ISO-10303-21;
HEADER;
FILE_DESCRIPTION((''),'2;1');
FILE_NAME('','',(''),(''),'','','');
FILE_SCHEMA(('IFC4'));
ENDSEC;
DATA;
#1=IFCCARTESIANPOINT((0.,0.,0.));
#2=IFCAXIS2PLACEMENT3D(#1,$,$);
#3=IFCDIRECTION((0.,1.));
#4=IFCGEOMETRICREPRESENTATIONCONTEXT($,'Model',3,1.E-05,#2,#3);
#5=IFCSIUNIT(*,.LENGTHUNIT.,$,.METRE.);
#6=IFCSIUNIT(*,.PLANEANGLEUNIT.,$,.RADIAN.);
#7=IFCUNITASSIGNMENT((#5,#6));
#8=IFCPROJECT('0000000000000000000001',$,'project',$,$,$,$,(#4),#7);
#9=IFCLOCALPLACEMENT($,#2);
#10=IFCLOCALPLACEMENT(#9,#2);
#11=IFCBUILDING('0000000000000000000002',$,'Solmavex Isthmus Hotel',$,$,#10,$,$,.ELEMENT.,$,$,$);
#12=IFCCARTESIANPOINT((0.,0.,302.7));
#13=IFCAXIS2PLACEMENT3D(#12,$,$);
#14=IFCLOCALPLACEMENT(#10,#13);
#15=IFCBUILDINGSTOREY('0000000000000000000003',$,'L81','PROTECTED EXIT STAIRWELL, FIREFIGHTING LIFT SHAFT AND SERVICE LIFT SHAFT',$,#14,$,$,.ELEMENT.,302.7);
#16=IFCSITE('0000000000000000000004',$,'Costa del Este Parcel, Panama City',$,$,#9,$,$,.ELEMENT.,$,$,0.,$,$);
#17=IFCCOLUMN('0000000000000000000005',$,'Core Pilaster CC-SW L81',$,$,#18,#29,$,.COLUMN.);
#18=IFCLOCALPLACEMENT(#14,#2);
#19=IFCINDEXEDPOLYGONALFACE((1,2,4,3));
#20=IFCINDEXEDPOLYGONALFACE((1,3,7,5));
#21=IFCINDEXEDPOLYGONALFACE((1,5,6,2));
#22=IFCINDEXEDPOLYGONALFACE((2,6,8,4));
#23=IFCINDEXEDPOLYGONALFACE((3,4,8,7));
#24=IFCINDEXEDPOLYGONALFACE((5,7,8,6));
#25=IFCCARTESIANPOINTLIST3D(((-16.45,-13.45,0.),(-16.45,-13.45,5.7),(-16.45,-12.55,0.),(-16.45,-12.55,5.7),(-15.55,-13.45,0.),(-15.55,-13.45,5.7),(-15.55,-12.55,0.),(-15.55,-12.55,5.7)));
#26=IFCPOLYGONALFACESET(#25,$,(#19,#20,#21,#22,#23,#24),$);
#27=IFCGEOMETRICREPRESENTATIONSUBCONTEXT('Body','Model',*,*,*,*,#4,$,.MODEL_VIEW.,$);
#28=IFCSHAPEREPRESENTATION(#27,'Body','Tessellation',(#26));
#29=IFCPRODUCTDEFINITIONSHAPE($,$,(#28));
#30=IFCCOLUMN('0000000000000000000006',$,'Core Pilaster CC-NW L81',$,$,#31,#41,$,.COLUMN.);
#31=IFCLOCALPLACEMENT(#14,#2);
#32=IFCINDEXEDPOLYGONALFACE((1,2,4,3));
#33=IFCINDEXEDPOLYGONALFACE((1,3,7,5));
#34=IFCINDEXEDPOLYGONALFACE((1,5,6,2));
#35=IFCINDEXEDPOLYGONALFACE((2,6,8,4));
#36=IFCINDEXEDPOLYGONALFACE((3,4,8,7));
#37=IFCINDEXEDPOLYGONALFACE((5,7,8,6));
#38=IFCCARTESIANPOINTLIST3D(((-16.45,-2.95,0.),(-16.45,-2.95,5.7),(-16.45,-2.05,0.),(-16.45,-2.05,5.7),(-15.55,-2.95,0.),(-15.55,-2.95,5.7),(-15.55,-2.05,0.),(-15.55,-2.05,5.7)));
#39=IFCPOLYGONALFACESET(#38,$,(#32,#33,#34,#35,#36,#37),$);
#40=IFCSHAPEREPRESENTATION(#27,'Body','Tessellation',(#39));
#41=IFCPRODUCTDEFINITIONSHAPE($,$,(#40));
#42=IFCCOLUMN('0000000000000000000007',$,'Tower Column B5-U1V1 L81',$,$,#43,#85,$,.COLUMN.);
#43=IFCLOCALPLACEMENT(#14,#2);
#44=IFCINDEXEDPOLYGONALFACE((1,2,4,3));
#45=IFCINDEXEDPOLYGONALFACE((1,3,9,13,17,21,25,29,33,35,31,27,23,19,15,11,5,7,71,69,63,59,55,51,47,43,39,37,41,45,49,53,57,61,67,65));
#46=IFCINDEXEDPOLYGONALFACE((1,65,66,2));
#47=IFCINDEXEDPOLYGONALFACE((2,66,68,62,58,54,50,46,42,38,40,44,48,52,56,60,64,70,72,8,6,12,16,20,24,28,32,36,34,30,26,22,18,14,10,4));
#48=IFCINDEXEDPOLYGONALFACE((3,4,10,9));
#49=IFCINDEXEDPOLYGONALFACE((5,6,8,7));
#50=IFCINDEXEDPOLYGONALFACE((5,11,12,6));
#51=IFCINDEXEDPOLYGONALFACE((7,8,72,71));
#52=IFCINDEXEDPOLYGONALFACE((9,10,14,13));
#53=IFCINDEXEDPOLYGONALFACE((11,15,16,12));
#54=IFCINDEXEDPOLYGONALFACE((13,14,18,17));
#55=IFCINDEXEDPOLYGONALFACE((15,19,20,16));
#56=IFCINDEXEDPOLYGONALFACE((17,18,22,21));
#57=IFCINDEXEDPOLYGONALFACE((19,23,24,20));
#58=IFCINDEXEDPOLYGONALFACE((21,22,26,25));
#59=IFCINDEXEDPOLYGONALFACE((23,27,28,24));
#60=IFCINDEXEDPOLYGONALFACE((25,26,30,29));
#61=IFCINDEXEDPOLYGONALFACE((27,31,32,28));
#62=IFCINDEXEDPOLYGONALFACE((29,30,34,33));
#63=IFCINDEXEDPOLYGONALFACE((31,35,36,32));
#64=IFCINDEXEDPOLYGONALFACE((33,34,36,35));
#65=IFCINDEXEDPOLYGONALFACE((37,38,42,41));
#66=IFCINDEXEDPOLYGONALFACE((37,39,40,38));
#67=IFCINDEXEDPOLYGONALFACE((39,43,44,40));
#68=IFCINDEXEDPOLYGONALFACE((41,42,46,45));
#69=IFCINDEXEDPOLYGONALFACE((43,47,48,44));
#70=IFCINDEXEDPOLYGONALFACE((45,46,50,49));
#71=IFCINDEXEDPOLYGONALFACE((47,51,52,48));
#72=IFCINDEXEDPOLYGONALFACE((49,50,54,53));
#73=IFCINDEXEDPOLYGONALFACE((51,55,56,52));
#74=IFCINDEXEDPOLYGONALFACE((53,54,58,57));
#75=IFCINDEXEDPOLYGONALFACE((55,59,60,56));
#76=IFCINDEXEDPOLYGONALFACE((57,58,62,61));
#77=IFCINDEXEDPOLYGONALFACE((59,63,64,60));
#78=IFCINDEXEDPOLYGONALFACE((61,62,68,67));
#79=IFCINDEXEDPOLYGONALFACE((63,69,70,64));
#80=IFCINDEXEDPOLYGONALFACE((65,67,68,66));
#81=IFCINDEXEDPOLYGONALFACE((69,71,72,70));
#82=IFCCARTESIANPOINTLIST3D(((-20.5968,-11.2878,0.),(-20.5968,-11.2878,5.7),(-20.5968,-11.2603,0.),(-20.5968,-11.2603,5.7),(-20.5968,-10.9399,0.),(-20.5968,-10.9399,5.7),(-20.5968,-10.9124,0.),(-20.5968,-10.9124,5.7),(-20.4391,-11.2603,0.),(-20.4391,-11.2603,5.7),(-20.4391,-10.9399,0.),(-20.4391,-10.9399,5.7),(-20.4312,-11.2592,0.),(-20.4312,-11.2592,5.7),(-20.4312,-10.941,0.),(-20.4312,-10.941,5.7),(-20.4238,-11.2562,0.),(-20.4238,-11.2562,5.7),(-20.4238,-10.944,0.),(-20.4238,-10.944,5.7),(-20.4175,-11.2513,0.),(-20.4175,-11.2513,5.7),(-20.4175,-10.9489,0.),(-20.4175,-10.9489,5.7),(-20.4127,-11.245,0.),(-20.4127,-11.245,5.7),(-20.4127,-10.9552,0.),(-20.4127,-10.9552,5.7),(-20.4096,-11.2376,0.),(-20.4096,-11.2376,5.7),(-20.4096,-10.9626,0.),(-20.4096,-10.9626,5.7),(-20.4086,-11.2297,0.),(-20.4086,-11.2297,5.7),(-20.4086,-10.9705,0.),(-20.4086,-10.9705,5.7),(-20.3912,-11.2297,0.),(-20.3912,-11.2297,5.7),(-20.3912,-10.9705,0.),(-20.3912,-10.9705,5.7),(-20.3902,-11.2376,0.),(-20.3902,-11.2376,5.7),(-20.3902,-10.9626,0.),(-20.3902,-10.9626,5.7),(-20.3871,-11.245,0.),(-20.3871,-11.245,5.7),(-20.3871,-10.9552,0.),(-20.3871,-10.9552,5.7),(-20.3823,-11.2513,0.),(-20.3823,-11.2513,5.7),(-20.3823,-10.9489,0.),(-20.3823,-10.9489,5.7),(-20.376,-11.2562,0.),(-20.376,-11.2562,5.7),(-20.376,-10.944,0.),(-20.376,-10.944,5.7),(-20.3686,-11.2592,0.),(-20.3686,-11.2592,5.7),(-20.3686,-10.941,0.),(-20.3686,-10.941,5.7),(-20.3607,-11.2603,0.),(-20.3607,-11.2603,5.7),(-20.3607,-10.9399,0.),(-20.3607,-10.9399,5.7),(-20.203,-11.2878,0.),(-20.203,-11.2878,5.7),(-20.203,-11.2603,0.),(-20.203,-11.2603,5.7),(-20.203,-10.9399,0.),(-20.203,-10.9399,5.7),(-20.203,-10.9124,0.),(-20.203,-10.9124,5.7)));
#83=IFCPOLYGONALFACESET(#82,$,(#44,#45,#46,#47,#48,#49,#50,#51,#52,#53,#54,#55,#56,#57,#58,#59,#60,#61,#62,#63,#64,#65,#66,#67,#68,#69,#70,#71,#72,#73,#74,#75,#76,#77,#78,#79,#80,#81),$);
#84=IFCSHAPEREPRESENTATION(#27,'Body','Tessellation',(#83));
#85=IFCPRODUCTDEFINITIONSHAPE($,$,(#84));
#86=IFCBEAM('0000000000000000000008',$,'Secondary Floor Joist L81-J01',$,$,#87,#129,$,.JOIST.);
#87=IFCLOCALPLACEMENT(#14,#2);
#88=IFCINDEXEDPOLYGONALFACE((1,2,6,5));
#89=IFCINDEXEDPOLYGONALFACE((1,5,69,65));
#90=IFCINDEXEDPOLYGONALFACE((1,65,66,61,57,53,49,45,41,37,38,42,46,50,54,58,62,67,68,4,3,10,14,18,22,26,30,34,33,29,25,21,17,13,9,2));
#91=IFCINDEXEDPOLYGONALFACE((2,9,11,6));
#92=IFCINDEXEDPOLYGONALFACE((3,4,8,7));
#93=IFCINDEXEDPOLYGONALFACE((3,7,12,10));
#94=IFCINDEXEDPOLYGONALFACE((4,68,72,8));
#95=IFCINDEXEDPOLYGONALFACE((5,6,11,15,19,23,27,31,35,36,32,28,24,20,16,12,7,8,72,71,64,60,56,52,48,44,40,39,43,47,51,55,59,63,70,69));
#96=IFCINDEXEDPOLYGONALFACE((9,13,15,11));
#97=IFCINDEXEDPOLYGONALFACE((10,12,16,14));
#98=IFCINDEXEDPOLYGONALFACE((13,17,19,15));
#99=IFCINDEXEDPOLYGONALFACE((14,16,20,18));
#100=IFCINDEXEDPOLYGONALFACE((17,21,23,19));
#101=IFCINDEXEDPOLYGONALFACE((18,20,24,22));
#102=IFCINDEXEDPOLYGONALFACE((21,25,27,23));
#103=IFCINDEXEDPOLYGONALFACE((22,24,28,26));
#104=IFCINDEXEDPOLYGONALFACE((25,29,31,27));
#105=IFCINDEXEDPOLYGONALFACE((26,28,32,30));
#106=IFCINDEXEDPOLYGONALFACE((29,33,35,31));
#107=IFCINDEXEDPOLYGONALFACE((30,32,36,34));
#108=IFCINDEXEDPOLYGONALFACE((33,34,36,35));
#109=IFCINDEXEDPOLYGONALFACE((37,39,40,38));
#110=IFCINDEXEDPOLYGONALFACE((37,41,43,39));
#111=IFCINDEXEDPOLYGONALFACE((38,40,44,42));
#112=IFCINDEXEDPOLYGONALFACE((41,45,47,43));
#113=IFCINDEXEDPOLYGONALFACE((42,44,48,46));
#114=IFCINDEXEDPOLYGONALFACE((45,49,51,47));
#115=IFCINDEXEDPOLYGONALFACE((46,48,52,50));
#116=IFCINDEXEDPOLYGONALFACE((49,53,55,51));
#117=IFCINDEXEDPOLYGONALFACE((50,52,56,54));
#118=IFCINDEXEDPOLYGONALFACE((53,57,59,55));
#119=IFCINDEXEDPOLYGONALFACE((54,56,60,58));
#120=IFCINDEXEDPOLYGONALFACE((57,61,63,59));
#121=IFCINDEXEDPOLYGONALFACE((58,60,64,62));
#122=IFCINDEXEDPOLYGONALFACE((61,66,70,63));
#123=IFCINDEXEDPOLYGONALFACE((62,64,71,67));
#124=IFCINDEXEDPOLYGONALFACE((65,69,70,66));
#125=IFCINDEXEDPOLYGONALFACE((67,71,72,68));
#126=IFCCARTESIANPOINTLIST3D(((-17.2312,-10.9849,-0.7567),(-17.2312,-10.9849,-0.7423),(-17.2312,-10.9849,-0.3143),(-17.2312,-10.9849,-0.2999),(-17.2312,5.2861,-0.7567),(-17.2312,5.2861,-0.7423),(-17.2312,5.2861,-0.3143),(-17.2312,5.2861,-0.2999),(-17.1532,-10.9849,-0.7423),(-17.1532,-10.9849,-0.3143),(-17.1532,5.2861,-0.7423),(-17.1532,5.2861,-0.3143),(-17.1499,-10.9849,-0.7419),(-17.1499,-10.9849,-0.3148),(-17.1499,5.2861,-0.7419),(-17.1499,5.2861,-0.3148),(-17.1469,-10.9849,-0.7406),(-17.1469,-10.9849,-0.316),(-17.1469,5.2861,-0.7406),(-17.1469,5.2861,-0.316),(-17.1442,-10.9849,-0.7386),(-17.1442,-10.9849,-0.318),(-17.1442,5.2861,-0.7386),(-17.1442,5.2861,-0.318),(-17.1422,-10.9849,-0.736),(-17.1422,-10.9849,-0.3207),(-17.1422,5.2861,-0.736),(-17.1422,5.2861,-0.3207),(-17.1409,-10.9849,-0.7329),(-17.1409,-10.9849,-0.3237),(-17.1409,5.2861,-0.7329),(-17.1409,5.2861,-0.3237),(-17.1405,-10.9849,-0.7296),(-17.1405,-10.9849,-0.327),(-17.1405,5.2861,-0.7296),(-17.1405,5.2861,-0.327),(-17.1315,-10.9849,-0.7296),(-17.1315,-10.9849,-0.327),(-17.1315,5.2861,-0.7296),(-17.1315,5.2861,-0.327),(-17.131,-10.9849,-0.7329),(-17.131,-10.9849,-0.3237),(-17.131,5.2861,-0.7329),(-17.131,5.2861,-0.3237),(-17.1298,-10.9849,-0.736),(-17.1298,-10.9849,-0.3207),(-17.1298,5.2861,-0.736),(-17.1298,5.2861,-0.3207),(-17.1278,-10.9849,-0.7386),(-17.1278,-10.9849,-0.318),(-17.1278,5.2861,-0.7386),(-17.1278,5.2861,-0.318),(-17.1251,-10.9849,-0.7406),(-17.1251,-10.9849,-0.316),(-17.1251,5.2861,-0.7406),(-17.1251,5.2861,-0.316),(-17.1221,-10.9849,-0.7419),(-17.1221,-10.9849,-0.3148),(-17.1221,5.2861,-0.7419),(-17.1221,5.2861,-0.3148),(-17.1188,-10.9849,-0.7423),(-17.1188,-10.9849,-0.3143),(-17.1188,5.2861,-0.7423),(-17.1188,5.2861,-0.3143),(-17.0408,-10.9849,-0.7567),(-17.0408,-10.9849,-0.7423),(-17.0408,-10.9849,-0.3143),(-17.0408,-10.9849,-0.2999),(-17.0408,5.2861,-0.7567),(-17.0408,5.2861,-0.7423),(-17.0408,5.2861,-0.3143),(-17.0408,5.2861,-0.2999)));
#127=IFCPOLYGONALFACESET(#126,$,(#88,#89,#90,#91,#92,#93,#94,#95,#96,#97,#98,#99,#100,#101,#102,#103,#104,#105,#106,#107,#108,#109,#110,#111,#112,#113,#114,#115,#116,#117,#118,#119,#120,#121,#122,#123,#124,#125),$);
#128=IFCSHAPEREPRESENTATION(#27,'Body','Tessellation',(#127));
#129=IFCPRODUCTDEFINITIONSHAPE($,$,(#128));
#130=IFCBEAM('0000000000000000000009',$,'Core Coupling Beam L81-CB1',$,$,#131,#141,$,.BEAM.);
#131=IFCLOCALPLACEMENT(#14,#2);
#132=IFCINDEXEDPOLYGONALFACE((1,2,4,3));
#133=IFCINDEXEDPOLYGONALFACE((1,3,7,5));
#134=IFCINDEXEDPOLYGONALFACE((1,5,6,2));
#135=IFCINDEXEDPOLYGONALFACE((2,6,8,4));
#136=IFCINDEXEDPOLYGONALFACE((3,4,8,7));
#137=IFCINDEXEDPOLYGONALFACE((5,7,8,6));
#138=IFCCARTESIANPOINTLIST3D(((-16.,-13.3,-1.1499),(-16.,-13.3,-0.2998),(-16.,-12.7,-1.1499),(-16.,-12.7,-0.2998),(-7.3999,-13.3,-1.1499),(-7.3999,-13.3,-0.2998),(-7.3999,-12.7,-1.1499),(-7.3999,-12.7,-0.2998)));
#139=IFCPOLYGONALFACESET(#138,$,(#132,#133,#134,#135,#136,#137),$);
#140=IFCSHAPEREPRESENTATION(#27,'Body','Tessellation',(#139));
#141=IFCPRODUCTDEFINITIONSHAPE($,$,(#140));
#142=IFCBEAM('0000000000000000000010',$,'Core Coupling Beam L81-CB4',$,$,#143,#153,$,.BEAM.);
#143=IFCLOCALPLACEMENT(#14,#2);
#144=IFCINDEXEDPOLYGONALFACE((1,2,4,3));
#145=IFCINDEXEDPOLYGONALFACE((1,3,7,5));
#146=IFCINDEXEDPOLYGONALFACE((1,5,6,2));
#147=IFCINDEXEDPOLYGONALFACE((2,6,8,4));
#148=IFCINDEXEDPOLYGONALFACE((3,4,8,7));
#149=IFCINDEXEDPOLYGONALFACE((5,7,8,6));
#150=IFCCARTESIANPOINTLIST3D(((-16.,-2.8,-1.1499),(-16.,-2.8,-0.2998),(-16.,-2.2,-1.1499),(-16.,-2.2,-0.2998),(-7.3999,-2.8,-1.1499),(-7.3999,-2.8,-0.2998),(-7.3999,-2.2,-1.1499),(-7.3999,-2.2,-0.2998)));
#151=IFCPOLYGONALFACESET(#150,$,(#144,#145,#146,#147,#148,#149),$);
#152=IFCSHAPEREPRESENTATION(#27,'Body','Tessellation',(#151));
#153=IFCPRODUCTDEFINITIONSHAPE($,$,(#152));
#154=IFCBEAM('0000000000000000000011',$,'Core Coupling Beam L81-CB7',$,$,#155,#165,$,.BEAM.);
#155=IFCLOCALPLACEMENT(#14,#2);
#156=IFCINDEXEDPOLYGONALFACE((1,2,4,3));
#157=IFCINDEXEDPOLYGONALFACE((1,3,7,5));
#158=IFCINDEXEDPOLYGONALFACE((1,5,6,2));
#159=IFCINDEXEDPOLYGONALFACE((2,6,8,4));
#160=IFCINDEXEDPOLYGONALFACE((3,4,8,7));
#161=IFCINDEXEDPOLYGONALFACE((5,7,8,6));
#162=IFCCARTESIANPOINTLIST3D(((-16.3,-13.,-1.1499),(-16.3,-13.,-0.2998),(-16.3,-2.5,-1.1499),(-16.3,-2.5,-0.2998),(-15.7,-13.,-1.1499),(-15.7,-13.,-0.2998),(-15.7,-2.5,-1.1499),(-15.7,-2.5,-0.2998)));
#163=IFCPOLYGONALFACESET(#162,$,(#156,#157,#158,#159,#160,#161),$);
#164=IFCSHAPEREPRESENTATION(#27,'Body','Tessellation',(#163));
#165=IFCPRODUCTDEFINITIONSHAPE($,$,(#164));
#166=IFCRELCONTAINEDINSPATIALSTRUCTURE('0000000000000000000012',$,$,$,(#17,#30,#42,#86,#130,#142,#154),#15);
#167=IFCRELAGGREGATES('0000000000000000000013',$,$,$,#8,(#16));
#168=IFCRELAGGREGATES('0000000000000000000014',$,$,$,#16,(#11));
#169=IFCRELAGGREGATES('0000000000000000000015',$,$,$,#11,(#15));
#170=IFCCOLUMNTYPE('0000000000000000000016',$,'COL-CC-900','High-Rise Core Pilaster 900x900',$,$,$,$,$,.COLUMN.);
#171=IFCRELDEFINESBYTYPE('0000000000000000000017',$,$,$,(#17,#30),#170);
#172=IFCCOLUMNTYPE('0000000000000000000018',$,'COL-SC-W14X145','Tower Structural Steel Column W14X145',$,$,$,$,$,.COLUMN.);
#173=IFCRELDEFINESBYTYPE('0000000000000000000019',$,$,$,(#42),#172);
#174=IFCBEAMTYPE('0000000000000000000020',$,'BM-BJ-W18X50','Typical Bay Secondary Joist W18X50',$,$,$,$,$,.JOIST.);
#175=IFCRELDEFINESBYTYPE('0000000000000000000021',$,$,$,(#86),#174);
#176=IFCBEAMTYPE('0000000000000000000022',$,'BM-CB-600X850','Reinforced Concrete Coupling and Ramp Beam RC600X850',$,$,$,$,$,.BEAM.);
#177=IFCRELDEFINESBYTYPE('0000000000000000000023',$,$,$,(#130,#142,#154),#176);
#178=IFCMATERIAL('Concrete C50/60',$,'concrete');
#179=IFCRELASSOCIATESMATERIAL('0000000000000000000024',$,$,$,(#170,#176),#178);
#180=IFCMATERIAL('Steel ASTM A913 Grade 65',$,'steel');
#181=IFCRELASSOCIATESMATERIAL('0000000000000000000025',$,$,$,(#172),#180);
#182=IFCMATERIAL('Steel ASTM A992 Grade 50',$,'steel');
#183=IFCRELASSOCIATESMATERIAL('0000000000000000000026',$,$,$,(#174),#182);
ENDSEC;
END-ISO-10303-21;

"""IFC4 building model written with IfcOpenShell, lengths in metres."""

from ifc_helpers import new_model, si_unit, direction, frame, origin, origin_2d, place, context, subcontext, project, spatial, rectangle, i_section, extrude, material, material_profile, profile_set, type_object, element, save


model = new_model("IFC4")

# Units and contexts
model_context = context("Model", 3, precision=1e-05, world=origin(), true_north=direction((0.0, 1.0)))
body_context = subcontext(model_context, "Body", "Model", "MODEL_VIEW")
ifc_project = project(units=[si_unit("LENGTHUNIT", "METRE"), si_unit("PLANEANGLEUNIT", "RADIAN")], contexts=[model_context])

# Site, building, storey
site_placement = place(None, origin())
site = spatial("IfcSite", under=ifc_project, at=site_placement, Name="Costa del Este Parcel, Panama City", CompositionType="ELEMENT", RefElevation=0.0)
building_placement = place(site_placement, origin())
building = spatial("IfcBuilding", under=site, at=building_placement, Name="Solmavex Isthmus Hotel", CompositionType="ELEMENT")
storey_placement = place(building_placement, frame((0.0, 0.0, 302.7)))
storey = spatial("IfcBuildingStorey", under=building, at=storey_placement, Name="L81", Description="PROTECTED EXIT STAIRWELL, FIREFIGHTING LIFT SHAFT AND SERVICE LIFT SHAFT", CompositionType="ELEMENT", Elevation=302.7)

# Columns
ifc_material_1 = material(Name="Concrete C50/60", Category="concrete")
ifc_material_profile_1 = material_profile(ifc_material_1, rectangle(XDim=0.8999, YDim=0.8999, at=origin_2d()), Name="RC900X900")
ifc_profile_set_1 = profile_set([ifc_material_profile_1], Name="Concrete C50/60")
column_type_1 = type_object("IfcColumnType", Name="COL-CC-900", Description="High-Rise Core Pilaster 900x900", PredefinedType="COLUMN", material=ifc_profile_set_1)
for number, where, z_axis, x_axis, name in (
    (1, (-16.0, -13.0, 0.0), (0.0, 0.0, 1.0), (1.0, 0.0, 0.0), "Core Pilaster CC-SW L81"),
    (2, (-16.0, -2.5, 0.0), (0.0, 0.0, 1.0), (1.0, 0.0, 0.0), "Core Pilaster CC-NW L81"),
):
    element("IfcColumn", number, at=place(storey_placement, frame(where, z_axis=z_axis, x_axis=x_axis)), inside=storey, type_object=column_type_1, Name=name, PredefinedType="COLUMN", context=body_context, shape_type="SweptSolid", body=[
        extrude(rectangle(XDim=0.8999, YDim=0.8999, at=origin_2d()), origin(), (0.0, 0.0, 1.0), 5.7),
    ])
ifc_material_2 = material(Name="Steel ASTM A913 Grade 65", Category="steel")
ifc_material_profile_2 = material_profile(ifc_material_2, i_section(OverallWidth=0.3938, OverallDepth=0.3755, WebThickness=0.0173, FlangeThickness=0.0276, FilletRadius=0.0305, at=origin_2d()), Name="W14X145")
ifc_profile_set_2 = profile_set([ifc_material_profile_2], Name="Steel ASTM A913 Grade 65")
column_type_2 = type_object("IfcColumnType", Name="COL-SC-W14X145", Description="Tower Structural Steel Column W14X145", PredefinedType="COLUMN", material=ifc_profile_set_2)
column_placement = place(storey_placement, frame((-20.3999, -11.1001, 0.0), z_axis=(0.0, 0.0, 1.0), x_axis=(1.0, 0.0, 0.0)))
element("IfcColumn", 3, at=column_placement, inside=storey, type_object=column_type_2, Name="Tower Column B5-U1V1 L81", PredefinedType="COLUMN", context=body_context, shape_type="SweptSolid", body=[
    extrude(i_section(OverallWidth=0.3938, OverallDepth=0.3755, WebThickness=0.0173, FlangeThickness=0.0276, FilletRadius=0.0305, at=origin_2d()), origin(), (0.0, 0.0, 1.0), 5.7),
])

# Beams
ifc_material_3 = material(Name="Steel ASTM A992 Grade 50", Category="steel")
ifc_material_profile_3 = material_profile(ifc_material_3, i_section(OverallWidth=0.1904, OverallDepth=0.4568, WebThickness=0.009, FlangeThickness=0.0144, FilletRadius=0.0127, at=origin_2d()), Name="W18X50")
ifc_profile_set_3 = profile_set([ifc_material_profile_3], Name="Steel ASTM A992 Grade 50")
beam_type_1 = type_object("IfcBeamType", Name="BM-BJ-W18X50", Description="Typical Bay Secondary Joist W18X50", PredefinedType="JOIST", material=ifc_profile_set_3)
beam_1_placement = place(storey_placement, frame((-17.136, -10.9849, -0.5283), z_axis=(0.0, 1.0, 0.0), x_axis=(-1.0, 0.0, 0.0)))
element("IfcBeam", 4, at=beam_1_placement, inside=storey, type_object=beam_type_1, Name="Secondary Floor Joist L81-J01", PredefinedType="JOIST", context=body_context, shape_type="SweptSolid", body=[
    extrude(i_section(OverallWidth=0.1904, OverallDepth=0.4568, WebThickness=0.009, FlangeThickness=0.0144, FilletRadius=0.0127, at=origin_2d()), origin(), (0.0, 0.0, 1.0), 16.271),
])
ifc_material_profile_4 = material_profile(ifc_material_1, rectangle(XDim=0.6001, YDim=0.8501, at=origin_2d()), Name="RC600X850")
ifc_profile_set_4 = profile_set([ifc_material_profile_4], Name="Concrete C50/60")
beam_type_2 = type_object("IfcBeamType", Name="BM-CB-600X850", Description="Reinforced Concrete Coupling and Ramp Beam RC600X850", PredefinedType="BEAM", material=ifc_profile_set_4)
for number, where, z_axis, x_axis, name in (
    (5, (-16.0, -13.0, -0.7249), (1.0, 0.0, 0.0), (0.0, 1.0, 0.0), "Core Coupling Beam L81-CB1"),
    (6, (-16.0, -2.5, -0.7249), (1.0, 0.0, 0.0), (0.0, 1.0, 0.0), "Core Coupling Beam L81-CB4"),
):
    element("IfcBeam", number, at=place(storey_placement, frame(where, z_axis=z_axis, x_axis=x_axis)), inside=storey, type_object=beam_type_2, Name=name, PredefinedType="BEAM", context=body_context, shape_type="SweptSolid", body=[
        extrude(rectangle(XDim=0.6001, YDim=0.8501, at=origin_2d()), origin(), (0.0, 0.0, 1.0), 8.6001),
    ])
beam_2_placement = place(storey_placement, frame((-16.0, -13.0, -0.7249), z_axis=(0.0, 1.0, 0.0), x_axis=(-1.0, 0.0, 0.0)))
element("IfcBeam", 7, at=beam_2_placement, inside=storey, type_object=beam_type_2, Name="Core Coupling Beam L81-CB7", PredefinedType="BEAM", context=body_context, shape_type="SweptSolid", body=[
    extrude(rectangle(XDim=0.6001, YDim=0.8501, at=origin_2d()), origin(), (0.0, 0.0, 1.0), 10.5),
])

save(model, "model.ifc")
